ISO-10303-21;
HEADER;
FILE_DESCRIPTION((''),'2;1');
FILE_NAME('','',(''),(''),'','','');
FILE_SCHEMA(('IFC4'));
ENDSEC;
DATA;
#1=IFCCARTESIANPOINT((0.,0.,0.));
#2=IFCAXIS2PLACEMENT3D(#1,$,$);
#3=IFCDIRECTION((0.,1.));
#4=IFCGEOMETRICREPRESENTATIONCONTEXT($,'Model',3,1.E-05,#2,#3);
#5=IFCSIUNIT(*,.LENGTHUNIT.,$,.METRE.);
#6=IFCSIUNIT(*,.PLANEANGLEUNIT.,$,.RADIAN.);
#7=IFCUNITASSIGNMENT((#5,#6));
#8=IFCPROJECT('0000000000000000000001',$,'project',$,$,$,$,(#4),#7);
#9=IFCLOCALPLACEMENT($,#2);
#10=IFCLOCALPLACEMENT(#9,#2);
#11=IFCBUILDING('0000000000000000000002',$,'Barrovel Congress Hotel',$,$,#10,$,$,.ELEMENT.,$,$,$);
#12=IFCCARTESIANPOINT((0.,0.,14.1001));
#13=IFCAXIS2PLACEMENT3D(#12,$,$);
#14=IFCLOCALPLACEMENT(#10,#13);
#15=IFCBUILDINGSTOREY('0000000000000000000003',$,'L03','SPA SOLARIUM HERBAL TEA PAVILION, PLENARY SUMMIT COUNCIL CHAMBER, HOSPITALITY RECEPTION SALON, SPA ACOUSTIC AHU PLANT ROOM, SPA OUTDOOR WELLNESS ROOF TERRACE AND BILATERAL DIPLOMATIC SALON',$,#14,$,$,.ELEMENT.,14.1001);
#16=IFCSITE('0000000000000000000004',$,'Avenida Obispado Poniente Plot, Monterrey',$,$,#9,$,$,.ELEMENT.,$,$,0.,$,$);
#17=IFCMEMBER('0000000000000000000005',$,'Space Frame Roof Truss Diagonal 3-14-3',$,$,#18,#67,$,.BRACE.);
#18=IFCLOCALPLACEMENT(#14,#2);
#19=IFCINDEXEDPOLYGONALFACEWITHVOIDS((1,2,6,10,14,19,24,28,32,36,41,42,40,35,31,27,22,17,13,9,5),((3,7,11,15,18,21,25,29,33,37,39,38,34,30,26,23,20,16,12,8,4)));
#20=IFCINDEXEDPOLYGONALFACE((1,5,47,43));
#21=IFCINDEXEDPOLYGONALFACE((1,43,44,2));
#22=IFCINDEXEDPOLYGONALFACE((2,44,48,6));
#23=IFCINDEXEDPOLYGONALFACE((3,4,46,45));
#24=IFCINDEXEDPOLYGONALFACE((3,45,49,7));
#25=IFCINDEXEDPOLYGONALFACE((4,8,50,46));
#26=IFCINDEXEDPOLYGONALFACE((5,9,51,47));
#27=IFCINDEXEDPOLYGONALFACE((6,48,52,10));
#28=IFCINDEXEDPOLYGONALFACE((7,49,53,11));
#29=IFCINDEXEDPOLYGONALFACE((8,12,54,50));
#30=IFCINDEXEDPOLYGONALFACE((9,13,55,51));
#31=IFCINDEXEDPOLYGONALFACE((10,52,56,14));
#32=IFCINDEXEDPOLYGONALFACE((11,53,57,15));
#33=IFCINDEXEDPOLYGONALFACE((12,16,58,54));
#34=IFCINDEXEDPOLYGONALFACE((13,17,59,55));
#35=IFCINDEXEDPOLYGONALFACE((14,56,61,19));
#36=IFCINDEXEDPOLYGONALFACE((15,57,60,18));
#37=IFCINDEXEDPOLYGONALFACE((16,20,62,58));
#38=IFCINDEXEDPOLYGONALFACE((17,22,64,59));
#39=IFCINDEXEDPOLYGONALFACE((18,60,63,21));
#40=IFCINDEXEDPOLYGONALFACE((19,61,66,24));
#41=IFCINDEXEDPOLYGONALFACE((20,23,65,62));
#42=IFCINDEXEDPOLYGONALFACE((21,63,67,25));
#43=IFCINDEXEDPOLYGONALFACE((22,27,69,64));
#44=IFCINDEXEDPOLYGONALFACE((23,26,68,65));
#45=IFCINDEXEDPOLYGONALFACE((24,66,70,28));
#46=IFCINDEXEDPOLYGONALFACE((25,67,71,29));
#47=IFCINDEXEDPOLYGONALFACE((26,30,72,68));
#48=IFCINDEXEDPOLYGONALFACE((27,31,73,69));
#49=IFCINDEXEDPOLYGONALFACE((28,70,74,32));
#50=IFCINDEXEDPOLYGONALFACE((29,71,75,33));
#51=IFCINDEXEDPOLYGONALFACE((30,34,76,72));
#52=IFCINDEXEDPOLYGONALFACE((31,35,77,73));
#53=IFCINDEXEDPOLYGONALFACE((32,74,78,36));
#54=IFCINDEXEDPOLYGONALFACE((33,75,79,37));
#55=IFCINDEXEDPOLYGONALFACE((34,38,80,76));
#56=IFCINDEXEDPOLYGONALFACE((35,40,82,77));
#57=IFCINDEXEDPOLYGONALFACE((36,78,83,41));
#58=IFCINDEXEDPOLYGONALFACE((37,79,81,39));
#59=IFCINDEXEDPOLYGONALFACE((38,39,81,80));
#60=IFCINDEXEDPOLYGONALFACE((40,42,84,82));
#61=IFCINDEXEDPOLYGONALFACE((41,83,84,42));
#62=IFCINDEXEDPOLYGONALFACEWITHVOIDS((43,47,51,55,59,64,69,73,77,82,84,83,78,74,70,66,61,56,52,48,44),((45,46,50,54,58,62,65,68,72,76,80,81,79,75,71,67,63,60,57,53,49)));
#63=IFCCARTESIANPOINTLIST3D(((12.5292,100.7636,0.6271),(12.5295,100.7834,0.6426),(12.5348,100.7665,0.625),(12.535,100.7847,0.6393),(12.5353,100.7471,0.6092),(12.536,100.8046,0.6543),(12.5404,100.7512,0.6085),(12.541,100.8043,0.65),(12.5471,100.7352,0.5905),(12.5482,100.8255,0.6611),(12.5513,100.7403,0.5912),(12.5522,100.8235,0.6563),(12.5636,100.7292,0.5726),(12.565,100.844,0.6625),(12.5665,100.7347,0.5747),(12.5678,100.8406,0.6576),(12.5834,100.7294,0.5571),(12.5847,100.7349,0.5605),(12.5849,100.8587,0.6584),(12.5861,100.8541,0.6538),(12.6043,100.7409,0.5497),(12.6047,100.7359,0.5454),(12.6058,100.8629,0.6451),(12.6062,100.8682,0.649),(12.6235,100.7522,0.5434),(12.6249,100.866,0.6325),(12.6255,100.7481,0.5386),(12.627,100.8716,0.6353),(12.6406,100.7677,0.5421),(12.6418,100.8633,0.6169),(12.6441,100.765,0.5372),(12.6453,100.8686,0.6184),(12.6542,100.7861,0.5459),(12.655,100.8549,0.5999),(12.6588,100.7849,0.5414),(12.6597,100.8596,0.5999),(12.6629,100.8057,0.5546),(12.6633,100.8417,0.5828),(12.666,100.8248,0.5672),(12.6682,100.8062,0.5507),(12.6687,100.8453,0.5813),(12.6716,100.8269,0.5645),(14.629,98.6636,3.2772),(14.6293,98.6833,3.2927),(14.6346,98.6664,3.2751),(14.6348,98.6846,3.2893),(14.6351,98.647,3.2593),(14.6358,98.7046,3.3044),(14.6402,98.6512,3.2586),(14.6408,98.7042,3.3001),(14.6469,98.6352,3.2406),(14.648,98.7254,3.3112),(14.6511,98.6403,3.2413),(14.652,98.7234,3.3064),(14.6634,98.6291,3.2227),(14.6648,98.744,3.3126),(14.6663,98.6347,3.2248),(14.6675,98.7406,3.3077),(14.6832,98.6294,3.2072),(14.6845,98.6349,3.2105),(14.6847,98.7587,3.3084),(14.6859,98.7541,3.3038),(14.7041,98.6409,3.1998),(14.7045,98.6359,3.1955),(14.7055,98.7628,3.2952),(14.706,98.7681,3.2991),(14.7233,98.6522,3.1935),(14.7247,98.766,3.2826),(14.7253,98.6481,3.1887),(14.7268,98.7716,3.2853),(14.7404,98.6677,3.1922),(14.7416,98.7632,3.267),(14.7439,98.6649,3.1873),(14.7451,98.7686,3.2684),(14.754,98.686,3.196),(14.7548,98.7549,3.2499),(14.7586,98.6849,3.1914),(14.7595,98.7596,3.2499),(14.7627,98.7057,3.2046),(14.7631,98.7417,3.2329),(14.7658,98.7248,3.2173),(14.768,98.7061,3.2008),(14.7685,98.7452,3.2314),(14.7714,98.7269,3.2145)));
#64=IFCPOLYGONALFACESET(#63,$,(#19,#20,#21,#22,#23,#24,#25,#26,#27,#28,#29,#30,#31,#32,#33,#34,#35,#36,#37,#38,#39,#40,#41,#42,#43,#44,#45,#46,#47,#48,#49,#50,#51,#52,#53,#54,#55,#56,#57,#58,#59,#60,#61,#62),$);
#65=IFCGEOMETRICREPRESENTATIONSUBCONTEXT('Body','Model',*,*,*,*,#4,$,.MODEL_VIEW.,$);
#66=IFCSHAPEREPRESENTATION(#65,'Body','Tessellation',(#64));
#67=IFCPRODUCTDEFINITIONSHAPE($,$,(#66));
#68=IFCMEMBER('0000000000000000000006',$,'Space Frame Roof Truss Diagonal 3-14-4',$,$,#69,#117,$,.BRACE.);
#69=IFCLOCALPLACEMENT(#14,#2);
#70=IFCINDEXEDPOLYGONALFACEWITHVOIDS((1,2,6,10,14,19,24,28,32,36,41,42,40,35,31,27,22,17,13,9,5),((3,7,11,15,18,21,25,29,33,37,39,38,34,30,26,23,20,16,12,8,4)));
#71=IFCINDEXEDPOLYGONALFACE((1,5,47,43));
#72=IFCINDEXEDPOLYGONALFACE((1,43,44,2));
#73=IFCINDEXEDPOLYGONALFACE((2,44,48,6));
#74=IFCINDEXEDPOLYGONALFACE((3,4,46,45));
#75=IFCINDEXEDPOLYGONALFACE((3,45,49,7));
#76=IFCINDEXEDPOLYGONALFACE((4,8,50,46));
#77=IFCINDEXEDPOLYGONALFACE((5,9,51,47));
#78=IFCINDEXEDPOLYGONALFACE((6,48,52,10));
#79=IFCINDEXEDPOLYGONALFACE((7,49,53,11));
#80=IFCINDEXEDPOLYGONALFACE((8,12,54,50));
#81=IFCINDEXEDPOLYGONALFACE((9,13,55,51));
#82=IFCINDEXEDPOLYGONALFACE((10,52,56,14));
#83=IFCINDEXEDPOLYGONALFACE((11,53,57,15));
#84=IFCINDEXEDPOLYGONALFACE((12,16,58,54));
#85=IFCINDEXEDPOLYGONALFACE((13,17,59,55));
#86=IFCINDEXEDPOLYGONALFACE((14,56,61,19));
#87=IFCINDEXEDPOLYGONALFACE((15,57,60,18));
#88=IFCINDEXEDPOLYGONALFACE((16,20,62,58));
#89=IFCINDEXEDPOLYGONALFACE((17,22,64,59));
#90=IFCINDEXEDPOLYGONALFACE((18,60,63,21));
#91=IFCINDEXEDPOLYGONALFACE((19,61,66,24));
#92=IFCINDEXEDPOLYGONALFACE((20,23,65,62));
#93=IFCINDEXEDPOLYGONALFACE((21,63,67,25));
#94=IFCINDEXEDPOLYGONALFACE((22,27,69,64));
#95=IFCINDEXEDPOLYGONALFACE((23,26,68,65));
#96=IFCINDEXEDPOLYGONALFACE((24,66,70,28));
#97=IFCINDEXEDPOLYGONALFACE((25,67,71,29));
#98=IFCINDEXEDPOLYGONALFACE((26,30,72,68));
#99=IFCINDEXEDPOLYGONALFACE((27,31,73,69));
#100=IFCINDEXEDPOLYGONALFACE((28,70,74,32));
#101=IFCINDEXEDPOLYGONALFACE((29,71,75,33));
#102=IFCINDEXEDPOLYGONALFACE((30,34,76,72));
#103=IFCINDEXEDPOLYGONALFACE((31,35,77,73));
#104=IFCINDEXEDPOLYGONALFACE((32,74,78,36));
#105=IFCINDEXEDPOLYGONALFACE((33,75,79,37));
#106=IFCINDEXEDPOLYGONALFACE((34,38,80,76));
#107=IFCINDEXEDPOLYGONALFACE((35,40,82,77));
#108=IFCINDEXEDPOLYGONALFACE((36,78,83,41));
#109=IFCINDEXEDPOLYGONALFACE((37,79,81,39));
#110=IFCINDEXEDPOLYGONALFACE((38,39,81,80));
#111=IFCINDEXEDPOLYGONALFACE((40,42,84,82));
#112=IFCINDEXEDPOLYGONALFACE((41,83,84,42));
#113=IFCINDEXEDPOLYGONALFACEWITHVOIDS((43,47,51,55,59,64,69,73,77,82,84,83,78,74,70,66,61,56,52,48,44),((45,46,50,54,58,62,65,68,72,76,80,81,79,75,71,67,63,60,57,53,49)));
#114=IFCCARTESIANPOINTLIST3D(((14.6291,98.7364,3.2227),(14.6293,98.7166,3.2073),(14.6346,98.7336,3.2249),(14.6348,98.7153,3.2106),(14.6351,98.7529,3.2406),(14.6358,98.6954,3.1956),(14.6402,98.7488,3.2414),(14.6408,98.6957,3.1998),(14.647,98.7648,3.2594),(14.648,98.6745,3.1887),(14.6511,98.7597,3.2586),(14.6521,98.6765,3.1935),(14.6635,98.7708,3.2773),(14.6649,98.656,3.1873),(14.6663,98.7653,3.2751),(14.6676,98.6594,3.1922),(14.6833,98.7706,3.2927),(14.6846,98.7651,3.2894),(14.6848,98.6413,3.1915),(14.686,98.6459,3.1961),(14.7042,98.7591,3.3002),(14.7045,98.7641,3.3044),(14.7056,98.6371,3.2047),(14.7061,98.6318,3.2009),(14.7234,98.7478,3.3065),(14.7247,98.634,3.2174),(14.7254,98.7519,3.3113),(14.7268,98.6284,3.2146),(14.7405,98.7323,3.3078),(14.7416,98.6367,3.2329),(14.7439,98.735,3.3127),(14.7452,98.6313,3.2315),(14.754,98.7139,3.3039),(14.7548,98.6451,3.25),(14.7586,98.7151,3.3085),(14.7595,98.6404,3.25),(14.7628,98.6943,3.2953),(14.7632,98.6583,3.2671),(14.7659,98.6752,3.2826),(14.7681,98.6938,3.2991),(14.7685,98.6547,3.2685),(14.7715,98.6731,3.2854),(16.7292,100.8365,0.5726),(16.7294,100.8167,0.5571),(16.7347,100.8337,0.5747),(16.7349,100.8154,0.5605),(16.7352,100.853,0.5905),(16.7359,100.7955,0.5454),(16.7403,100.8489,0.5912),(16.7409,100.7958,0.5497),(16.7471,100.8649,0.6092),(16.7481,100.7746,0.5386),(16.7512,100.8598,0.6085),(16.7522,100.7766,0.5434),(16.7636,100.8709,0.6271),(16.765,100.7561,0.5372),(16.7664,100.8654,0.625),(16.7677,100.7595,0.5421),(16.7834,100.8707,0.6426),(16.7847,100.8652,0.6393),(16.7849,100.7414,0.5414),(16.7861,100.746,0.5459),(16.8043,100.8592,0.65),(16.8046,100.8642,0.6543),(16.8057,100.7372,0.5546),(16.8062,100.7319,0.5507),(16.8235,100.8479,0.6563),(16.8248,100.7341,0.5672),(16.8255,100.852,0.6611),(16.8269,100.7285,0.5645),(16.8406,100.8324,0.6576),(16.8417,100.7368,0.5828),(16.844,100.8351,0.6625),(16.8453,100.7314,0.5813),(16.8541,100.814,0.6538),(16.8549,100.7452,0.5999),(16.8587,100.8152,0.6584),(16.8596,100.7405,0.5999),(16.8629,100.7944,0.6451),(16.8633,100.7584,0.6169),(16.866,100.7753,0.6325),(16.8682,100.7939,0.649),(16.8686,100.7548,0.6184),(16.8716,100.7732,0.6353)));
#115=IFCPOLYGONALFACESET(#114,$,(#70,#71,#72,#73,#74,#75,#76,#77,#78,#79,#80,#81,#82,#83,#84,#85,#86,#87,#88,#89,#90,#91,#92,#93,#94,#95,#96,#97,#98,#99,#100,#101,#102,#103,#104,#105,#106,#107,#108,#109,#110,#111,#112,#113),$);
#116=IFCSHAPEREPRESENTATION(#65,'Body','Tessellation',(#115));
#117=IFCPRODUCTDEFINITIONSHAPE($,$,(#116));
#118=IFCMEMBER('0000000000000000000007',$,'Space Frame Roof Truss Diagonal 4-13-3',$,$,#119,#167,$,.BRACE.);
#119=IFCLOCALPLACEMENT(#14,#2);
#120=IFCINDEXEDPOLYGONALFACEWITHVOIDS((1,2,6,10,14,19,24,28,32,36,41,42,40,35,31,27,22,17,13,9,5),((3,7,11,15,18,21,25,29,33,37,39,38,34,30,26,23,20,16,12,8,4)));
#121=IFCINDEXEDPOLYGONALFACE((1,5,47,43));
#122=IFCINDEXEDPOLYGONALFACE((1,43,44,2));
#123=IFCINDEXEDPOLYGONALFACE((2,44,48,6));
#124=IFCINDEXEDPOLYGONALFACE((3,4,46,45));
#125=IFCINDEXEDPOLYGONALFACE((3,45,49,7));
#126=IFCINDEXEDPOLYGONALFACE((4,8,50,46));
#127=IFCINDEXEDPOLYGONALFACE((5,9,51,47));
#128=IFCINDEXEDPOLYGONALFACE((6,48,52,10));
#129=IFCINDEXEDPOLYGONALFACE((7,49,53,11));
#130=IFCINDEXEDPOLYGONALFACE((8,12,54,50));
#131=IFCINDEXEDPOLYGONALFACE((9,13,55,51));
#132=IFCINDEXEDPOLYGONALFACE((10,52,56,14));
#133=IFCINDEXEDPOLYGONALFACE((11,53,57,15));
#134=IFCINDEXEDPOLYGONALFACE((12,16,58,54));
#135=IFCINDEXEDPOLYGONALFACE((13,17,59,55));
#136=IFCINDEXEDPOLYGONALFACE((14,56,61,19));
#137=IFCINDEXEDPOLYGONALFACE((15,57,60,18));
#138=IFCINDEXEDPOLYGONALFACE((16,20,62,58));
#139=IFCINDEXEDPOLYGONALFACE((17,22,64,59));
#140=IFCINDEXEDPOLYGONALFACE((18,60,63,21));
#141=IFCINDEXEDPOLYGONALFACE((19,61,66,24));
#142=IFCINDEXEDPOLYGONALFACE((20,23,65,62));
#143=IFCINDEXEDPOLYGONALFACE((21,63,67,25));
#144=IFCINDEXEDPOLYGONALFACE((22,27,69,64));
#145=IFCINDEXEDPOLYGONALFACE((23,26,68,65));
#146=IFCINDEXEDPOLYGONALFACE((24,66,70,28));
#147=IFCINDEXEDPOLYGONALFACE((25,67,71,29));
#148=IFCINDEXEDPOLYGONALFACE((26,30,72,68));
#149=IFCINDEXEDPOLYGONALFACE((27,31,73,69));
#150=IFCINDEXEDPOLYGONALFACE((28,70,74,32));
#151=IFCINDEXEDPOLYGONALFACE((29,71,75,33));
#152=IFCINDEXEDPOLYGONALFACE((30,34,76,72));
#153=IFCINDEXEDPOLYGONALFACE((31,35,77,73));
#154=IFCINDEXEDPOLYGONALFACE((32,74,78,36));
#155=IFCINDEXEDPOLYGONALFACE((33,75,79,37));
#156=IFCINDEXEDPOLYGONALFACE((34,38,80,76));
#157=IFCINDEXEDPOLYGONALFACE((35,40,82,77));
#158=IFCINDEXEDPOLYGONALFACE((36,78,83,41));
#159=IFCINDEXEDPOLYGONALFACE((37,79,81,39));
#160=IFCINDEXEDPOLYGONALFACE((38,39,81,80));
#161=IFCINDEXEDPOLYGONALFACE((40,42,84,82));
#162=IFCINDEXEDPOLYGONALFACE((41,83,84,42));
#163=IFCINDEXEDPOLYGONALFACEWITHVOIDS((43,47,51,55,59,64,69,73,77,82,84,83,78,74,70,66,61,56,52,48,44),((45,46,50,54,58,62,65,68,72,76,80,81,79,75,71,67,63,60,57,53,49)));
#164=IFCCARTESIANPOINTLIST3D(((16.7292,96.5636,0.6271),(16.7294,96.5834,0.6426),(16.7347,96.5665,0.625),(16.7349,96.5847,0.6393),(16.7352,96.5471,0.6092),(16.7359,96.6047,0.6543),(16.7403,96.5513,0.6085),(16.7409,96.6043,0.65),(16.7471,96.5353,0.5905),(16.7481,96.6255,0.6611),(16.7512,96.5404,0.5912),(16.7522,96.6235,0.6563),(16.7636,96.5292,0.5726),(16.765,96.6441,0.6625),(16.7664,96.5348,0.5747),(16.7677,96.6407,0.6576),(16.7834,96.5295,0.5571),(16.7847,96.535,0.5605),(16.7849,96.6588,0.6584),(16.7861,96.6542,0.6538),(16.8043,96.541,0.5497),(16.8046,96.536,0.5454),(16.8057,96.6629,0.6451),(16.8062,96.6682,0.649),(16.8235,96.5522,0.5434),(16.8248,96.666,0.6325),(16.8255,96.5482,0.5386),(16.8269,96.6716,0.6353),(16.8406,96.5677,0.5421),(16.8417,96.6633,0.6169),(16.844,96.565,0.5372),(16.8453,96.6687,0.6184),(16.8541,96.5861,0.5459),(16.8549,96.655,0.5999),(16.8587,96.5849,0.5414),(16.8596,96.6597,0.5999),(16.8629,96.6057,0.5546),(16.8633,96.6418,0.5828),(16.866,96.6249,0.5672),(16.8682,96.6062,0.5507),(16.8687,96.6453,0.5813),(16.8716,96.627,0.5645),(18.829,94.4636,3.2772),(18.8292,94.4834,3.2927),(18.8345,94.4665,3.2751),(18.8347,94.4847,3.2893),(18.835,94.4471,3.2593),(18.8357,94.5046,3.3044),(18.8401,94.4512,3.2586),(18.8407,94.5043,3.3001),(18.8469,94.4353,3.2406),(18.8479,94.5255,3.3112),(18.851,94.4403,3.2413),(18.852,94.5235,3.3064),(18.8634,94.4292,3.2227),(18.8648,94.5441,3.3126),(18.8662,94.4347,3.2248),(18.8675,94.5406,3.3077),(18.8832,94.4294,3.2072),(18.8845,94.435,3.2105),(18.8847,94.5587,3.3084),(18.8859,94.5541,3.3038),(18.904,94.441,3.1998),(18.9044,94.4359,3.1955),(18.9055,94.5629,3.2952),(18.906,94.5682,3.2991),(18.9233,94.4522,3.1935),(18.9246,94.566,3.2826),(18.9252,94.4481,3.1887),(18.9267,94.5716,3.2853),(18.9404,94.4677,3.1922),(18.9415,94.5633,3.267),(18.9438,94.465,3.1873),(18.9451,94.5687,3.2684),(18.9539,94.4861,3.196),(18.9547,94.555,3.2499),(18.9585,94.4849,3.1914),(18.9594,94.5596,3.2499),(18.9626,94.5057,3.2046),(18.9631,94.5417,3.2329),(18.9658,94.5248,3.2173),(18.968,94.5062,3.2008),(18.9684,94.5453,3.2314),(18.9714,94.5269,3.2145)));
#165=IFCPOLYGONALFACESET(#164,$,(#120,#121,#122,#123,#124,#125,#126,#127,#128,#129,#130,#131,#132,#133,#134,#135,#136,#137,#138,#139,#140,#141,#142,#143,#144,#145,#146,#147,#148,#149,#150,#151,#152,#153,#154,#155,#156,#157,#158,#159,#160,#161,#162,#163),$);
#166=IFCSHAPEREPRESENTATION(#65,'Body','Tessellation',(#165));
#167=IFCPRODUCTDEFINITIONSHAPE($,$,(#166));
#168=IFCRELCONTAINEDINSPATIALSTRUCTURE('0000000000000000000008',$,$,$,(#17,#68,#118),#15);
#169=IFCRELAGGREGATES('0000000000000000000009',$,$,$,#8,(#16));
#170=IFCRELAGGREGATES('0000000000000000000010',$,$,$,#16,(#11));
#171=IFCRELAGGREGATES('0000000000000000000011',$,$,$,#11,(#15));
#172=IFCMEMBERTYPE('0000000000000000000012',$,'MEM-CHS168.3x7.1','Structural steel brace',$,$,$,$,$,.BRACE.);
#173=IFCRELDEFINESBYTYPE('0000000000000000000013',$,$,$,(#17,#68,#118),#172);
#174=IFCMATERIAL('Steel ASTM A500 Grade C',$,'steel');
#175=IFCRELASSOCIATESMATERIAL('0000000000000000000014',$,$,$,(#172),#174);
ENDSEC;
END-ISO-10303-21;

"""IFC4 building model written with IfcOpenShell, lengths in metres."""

from ifc_helpers import new_model, si_unit, direction, frame, origin, origin_2d, place, context, subcontext, project, spatial, hollow_circle, extrude, material, material_profile, profile_set, type_object, element, save


model = new_model("IFC4")

# Units and contexts
model_context = context("Model", 3, precision=1e-05, world=origin(), true_north=direction((0.0, 1.0)))
body_context = subcontext(model_context, "Body", "Model", "MODEL_VIEW")
ifc_project = project(units=[si_unit("LENGTHUNIT", "METRE"), si_unit("PLANEANGLEUNIT", "RADIAN")], contexts=[model_context])

# Site, building, storey
site_placement = place(None, origin())
site = spatial("IfcSite", under=ifc_project, at=site_placement, Name="Avenida Obispado Poniente Plot, Monterrey", CompositionType="ELEMENT", RefElevation=0.0)
building_placement = place(site_placement, origin())
building = spatial("IfcBuilding", under=site, at=building_placement, Name="Barrovel Congress Hotel", CompositionType="ELEMENT")
storey_placement = place(building_placement, frame((0.0, 0.0, 14.1001)))
storey = spatial("IfcBuildingStorey", under=building, at=storey_placement, Name="L03", Description="SPA SOLARIUM HERBAL TEA PAVILION, PLENARY SUMMIT COUNCIL CHAMBER, HOSPITALITY RECEPTION SALON, SPA ACOUSTIC AHU PLANT ROOM, SPA OUTDOOR WELLNESS ROOF TERRACE AND BILATERAL DIPLOMATIC SALON", CompositionType="ELEMENT", Elevation=14.1001)

# Members
ifc_material_1 = material(Name="Steel ASTM A500 Grade C", Category="steel")
ifc_material_profile_1 = material_profile(ifc_material_1, hollow_circle(Radius=0.0842, WallThickness=0.0066, at=origin_2d()), Name="CHS168.3x7.1")
ifc_profile_set_1 = profile_set([ifc_material_profile_1], Name="Steel ASTM A500 Grade C")
member_type_1 = type_object("IfcMemberType", Name="MEM-CHS168.3x7.1", Description="Structural steel brace", PredefinedType="BRACE", material=ifc_profile_set_1)
for number, where, z_axis, x_axis, name in (
    (1, (12.6001, 100.8, 0.5999), (0.527557, -0.527618, 0.66581), (0.707148, 0.707066, 0.0), "Space Frame Roof Truss Diagonal 3-14-3"),
):
    element("IfcMember", number, at=place(storey_placement, frame(where, z_axis=z_axis, x_axis=x_axis)), inside=storey, type_object=member_type_1, Name=name, PredefinedType="BRACE", context=body_context, shape_type="SweptSolid", body=[
        extrude(hollow_circle(Radius=0.0842, WallThickness=0.0066, at=origin_2d()), origin(), (0.0, 0.0, 1.0), 3.9802),
    ])
member_1_placement = place(storey_placement, frame((16.8, 100.8, 0.5999), z_axis=(-0.527601, -0.527601, 0.665788), x_axis=(0.707107, -0.707107, 0.0)))
element("IfcMember", 2, at=member_1_placement, inside=storey, type_object=member_type_1, Name="Space Frame Roof Truss Diagonal 3-14-4", PredefinedType="BRACE", context=body_context, shape_type="SweptSolid", body=[
    extrude(hollow_circle(Radius=0.0842, WallThickness=0.0066, at=origin_2d()), origin(), (0.0, 0.0, 1.0), 3.9805),
])
member_2_placement = place(storey_placement, frame((16.8, 96.6001, 0.5999), z_axis=(0.527557, -0.527618, 0.66581), x_axis=(0.707148, 0.707066, 0.0)))
element("IfcMember", 3, at=member_2_placement, inside=storey, type_object=member_type_1, Name="Space Frame Roof Truss Diagonal 4-13-3", PredefinedType="BRACE", context=body_context, shape_type="SweptSolid", body=[
    extrude(hollow_circle(Radius=0.0842, WallThickness=0.0066, at=origin_2d()), origin(), (0.0, 0.0, 1.0), 3.9802),
])

save(model, "model.ifc")
